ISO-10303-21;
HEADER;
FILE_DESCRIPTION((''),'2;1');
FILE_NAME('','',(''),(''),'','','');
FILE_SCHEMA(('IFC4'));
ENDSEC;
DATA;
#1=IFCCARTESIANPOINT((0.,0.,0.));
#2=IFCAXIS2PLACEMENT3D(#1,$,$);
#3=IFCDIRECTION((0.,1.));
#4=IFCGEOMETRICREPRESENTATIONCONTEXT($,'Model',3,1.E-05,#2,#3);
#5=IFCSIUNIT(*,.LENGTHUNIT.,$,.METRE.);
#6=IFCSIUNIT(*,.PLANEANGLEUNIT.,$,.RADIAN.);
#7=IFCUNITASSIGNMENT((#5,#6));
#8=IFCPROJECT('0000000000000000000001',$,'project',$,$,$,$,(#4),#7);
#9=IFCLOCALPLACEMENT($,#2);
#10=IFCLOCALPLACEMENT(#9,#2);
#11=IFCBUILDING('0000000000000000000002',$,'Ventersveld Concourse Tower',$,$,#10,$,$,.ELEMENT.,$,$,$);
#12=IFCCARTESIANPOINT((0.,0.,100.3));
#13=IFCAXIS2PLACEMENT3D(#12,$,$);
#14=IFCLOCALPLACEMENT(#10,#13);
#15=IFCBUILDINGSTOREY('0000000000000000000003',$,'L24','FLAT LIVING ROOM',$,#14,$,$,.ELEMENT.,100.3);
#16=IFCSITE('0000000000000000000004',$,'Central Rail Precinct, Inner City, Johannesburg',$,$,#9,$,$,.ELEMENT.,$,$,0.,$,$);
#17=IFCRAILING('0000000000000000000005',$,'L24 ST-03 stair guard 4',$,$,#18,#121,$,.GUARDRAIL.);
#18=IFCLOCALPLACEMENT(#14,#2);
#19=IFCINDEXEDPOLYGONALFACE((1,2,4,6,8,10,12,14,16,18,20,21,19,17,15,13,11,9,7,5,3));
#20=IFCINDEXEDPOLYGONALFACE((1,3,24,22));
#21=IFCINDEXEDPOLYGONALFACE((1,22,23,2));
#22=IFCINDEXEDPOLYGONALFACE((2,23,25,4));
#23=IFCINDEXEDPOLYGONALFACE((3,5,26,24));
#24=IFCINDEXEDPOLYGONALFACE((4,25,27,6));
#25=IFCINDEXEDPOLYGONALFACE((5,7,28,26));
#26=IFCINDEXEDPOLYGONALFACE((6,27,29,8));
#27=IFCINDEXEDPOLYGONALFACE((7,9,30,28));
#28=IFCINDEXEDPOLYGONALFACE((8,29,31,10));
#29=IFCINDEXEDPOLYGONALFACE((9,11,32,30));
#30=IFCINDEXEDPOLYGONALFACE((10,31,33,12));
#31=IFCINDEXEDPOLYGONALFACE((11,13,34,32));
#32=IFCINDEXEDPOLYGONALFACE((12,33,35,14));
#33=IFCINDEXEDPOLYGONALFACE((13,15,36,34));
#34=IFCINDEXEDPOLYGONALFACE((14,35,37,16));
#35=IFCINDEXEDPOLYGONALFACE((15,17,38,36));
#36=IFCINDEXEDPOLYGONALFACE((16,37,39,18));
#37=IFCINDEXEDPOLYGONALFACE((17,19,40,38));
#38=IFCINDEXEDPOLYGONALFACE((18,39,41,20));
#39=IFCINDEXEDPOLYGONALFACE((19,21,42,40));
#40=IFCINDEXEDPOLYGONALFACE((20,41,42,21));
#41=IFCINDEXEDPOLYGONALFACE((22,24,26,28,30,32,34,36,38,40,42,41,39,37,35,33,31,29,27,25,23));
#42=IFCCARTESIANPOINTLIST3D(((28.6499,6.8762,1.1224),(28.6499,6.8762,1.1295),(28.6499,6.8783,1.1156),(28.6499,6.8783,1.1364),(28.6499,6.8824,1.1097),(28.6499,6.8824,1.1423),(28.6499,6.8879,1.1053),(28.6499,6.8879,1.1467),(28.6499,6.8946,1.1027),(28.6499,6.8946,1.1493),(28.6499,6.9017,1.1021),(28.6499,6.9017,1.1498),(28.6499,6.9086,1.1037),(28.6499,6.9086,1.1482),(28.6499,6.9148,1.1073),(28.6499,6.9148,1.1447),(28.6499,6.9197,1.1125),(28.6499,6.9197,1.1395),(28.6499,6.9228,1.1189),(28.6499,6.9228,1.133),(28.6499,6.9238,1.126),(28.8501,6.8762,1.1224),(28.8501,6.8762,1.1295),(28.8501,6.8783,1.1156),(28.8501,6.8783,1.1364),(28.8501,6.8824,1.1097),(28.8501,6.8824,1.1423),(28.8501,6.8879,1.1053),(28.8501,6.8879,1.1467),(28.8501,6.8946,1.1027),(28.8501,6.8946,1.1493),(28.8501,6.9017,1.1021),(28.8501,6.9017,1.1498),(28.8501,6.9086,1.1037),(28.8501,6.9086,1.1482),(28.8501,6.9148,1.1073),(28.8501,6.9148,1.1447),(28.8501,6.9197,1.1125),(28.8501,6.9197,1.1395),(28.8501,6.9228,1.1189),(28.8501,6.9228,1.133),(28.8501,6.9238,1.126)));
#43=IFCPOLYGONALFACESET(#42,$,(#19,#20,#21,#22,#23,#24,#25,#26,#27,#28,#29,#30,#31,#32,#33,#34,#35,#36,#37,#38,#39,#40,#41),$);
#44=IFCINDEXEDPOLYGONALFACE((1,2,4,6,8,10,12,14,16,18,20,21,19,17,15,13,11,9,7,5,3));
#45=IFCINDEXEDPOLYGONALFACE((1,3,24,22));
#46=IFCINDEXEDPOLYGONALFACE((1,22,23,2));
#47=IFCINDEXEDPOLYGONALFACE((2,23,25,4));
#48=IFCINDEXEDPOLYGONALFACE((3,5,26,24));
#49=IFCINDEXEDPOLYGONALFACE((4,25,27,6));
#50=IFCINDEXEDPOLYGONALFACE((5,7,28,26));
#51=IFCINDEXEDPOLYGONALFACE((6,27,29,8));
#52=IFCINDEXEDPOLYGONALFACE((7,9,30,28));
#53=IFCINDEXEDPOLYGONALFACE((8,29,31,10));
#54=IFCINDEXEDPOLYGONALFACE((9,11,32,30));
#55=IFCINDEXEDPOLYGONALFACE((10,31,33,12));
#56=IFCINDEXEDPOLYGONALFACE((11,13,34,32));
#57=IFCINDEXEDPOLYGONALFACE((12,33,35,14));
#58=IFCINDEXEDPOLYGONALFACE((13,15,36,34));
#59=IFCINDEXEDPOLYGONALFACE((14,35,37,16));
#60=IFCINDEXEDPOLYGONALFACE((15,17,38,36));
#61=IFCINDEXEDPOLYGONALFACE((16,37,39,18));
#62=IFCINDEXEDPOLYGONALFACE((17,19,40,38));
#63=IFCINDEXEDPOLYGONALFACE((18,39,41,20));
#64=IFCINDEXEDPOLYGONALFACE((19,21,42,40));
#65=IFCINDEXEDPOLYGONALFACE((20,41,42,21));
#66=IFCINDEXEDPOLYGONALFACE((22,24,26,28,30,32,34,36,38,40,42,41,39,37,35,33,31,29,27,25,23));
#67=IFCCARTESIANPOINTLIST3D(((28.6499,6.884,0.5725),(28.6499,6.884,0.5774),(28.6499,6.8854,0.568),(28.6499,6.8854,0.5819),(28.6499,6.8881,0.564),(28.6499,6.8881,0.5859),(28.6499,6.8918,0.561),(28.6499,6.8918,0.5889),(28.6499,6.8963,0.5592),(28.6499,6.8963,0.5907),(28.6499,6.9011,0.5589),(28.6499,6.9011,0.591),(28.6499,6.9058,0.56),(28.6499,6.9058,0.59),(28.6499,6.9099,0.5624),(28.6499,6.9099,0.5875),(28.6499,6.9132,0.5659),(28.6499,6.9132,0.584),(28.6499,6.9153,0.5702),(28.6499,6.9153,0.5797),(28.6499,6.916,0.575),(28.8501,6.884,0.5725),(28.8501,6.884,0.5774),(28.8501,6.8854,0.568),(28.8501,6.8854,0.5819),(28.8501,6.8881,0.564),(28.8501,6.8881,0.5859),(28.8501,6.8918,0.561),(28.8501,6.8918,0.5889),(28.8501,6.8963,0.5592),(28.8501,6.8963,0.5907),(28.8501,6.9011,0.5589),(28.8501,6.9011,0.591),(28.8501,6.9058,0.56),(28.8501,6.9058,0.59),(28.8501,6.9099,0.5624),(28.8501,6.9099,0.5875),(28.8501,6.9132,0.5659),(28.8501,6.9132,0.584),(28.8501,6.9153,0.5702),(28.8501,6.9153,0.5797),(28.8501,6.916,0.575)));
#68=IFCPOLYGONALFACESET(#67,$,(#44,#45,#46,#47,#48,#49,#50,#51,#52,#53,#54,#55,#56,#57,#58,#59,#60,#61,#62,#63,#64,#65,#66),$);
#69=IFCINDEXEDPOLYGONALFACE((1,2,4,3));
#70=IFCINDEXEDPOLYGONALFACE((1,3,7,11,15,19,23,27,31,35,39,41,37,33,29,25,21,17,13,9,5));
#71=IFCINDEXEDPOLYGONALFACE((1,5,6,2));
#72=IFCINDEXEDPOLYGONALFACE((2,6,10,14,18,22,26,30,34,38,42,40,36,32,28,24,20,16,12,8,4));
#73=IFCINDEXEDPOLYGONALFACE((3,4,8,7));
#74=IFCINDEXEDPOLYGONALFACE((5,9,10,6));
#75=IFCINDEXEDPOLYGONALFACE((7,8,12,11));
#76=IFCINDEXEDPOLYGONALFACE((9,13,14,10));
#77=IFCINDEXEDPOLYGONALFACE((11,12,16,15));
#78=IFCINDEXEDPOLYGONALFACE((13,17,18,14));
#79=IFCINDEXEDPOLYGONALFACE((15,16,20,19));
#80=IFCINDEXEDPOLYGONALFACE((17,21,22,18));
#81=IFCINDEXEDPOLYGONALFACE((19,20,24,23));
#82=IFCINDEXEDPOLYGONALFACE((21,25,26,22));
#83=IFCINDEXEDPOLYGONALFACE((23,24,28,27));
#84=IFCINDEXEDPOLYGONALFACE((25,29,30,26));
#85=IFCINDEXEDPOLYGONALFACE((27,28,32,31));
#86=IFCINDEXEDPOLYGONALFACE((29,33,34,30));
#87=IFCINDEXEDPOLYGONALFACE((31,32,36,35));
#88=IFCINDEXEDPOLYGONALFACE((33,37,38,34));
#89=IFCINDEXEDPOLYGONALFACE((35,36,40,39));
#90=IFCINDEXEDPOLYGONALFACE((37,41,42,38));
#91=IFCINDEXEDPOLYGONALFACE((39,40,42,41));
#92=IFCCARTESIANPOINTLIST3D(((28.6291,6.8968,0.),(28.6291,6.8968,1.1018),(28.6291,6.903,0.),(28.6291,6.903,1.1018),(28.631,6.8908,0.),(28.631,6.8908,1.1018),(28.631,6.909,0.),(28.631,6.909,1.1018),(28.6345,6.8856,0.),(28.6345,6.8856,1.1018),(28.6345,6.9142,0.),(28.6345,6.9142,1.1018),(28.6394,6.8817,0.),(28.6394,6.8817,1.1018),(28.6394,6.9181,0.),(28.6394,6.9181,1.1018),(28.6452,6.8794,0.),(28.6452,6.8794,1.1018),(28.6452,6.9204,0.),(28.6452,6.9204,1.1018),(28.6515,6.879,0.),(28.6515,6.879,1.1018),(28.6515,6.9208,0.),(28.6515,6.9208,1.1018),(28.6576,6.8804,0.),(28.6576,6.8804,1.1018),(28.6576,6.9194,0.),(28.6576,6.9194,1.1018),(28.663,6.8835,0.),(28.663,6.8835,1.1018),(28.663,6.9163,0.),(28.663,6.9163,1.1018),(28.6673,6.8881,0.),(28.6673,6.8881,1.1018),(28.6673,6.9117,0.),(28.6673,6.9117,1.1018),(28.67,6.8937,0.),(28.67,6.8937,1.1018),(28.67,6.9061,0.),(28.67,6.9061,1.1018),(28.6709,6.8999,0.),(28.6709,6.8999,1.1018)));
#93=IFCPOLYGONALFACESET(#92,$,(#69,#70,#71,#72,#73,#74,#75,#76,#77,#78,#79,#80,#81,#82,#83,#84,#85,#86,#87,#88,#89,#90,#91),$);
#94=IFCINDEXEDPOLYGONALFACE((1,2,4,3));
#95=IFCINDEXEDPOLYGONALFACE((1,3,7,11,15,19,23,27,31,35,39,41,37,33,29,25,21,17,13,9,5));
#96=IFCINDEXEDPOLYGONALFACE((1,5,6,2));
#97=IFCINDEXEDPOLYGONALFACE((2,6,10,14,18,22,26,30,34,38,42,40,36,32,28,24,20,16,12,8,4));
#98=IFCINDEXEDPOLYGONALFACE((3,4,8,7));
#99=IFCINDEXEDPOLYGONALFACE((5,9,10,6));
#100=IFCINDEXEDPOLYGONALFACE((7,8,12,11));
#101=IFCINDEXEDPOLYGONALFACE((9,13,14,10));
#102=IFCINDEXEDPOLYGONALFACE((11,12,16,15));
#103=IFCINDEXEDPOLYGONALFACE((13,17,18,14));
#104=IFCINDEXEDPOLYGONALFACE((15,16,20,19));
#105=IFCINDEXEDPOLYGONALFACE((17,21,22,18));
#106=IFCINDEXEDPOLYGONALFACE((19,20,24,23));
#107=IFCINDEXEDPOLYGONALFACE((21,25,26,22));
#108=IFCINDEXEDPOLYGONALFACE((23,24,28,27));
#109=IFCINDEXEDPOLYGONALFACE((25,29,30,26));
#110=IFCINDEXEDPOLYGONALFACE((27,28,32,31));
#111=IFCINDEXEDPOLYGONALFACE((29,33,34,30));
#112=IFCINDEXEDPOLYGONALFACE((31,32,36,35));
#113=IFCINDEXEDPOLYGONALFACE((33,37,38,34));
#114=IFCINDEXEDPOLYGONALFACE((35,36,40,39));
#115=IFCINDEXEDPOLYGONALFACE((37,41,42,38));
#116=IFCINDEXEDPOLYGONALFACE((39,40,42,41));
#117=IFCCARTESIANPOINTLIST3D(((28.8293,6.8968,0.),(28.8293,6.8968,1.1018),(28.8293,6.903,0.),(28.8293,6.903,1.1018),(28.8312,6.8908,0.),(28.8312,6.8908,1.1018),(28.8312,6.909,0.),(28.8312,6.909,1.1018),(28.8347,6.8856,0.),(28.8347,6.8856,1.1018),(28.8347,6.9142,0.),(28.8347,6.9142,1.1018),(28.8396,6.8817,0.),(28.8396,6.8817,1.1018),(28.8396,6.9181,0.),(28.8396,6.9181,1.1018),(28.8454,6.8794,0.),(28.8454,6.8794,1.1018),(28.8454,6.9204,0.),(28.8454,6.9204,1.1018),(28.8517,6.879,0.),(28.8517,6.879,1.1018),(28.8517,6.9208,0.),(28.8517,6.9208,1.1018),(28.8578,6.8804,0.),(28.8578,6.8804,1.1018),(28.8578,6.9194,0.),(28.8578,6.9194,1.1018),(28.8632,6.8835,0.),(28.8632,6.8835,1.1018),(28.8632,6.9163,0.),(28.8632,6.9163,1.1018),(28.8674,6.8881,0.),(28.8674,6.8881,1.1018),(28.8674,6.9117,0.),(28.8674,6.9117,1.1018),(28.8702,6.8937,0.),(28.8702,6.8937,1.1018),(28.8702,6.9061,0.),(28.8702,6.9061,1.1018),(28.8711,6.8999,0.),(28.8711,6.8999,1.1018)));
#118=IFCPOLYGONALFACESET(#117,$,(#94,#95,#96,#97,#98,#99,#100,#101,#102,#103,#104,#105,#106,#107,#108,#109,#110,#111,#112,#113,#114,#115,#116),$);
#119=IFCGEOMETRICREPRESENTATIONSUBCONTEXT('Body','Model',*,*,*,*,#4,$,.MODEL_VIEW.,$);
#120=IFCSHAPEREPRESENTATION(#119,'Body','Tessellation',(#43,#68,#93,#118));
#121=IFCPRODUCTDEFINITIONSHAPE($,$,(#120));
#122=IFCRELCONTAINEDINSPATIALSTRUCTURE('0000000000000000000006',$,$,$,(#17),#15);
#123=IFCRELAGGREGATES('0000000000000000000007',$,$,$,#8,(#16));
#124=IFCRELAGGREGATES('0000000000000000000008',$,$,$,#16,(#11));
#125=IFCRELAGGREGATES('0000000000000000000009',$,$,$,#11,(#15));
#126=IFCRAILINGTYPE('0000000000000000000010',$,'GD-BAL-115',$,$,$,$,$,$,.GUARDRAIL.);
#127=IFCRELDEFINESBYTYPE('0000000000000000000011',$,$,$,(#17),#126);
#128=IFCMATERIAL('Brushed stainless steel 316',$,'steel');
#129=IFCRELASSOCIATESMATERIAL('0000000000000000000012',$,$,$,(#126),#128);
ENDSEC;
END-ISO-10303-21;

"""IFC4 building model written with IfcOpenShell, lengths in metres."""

from ifc_helpers import new_model, si_unit, direction, frame, origin, origin_2d, place, context, subcontext, project, spatial, circle, extrude, material, type_object, element, save


model = new_model("IFC4")

# Units and contexts
model_context = context("Model", 3, precision=1e-05, world=origin(), true_north=direction((0.0, 1.0)))
body_context = subcontext(model_context, "Body", "Model", "MODEL_VIEW")
ifc_project = project(units=[si_unit("LENGTHUNIT", "METRE"), si_unit("PLANEANGLEUNIT", "RADIAN")], contexts=[model_context])

# Site, building, storey
site_placement = place(None, origin())
site = spatial("IfcSite", under=ifc_project, at=site_placement, Name="Central Rail Precinct, Inner City, Johannesburg", CompositionType="ELEMENT", RefElevation=0.0)
building_placement = place(site_placement, origin())
building = spatial("IfcBuilding", under=site, at=building_placement, Name="Ventersveld Concourse Tower", CompositionType="ELEMENT")
storey_placement = place(building_placement, frame((0.0, 0.0, 100.3)))
storey = spatial("IfcBuildingStorey", under=building, at=storey_placement, Name="L24", Description="FLAT LIVING ROOM", CompositionType="ELEMENT", Elevation=100.3)

# Shared definitions
ifc_material_1 = material(Name="Brushed stainless steel 316", Category="steel")

# Railing
railing_type = type_object("IfcRailingType", Name="GD-BAL-115", PredefinedType="GUARDRAIL", material=ifc_material_1)
railing_1_placement = place(storey_placement, frame((28.6499, 6.8999, 0.0)))
element("IfcRailing", 1, at=railing_1_placement, inside=storey, type_object=railing_type, Name="L24 ST-03 stair guard 4", PredefinedType="GUARDRAIL", context=body_context, shape_type="SweptSolid", body=[
    extrude(circle(Radius=0.0239, at=origin_2d()), frame((0.0, 0.0, 1.126), z_axis=(1.0, 0.0, 0.0), x_axis=(0.0, 1.0, 0.0)), (0.0, 0.0, 1.0), 0.2002),
    extrude(circle(Radius=0.0161, at=origin_2d()), frame((0.0, 0.0, 0.575), z_axis=(1.0, 0.0, 0.0), x_axis=(0.0, 1.0, 0.0)), (0.0, 0.0, 1.0), 0.2002),
    extrude(circle(Radius=0.021, at=origin_2d()), origin(), (0.0, 0.0, 1.0), 1.1018),
    extrude(circle(Radius=0.021, at=origin_2d()), frame((0.2002, 0.0, 0.0)), (0.0, 0.0, 1.0), 1.1018),
])

save(model, "model.ifc")
